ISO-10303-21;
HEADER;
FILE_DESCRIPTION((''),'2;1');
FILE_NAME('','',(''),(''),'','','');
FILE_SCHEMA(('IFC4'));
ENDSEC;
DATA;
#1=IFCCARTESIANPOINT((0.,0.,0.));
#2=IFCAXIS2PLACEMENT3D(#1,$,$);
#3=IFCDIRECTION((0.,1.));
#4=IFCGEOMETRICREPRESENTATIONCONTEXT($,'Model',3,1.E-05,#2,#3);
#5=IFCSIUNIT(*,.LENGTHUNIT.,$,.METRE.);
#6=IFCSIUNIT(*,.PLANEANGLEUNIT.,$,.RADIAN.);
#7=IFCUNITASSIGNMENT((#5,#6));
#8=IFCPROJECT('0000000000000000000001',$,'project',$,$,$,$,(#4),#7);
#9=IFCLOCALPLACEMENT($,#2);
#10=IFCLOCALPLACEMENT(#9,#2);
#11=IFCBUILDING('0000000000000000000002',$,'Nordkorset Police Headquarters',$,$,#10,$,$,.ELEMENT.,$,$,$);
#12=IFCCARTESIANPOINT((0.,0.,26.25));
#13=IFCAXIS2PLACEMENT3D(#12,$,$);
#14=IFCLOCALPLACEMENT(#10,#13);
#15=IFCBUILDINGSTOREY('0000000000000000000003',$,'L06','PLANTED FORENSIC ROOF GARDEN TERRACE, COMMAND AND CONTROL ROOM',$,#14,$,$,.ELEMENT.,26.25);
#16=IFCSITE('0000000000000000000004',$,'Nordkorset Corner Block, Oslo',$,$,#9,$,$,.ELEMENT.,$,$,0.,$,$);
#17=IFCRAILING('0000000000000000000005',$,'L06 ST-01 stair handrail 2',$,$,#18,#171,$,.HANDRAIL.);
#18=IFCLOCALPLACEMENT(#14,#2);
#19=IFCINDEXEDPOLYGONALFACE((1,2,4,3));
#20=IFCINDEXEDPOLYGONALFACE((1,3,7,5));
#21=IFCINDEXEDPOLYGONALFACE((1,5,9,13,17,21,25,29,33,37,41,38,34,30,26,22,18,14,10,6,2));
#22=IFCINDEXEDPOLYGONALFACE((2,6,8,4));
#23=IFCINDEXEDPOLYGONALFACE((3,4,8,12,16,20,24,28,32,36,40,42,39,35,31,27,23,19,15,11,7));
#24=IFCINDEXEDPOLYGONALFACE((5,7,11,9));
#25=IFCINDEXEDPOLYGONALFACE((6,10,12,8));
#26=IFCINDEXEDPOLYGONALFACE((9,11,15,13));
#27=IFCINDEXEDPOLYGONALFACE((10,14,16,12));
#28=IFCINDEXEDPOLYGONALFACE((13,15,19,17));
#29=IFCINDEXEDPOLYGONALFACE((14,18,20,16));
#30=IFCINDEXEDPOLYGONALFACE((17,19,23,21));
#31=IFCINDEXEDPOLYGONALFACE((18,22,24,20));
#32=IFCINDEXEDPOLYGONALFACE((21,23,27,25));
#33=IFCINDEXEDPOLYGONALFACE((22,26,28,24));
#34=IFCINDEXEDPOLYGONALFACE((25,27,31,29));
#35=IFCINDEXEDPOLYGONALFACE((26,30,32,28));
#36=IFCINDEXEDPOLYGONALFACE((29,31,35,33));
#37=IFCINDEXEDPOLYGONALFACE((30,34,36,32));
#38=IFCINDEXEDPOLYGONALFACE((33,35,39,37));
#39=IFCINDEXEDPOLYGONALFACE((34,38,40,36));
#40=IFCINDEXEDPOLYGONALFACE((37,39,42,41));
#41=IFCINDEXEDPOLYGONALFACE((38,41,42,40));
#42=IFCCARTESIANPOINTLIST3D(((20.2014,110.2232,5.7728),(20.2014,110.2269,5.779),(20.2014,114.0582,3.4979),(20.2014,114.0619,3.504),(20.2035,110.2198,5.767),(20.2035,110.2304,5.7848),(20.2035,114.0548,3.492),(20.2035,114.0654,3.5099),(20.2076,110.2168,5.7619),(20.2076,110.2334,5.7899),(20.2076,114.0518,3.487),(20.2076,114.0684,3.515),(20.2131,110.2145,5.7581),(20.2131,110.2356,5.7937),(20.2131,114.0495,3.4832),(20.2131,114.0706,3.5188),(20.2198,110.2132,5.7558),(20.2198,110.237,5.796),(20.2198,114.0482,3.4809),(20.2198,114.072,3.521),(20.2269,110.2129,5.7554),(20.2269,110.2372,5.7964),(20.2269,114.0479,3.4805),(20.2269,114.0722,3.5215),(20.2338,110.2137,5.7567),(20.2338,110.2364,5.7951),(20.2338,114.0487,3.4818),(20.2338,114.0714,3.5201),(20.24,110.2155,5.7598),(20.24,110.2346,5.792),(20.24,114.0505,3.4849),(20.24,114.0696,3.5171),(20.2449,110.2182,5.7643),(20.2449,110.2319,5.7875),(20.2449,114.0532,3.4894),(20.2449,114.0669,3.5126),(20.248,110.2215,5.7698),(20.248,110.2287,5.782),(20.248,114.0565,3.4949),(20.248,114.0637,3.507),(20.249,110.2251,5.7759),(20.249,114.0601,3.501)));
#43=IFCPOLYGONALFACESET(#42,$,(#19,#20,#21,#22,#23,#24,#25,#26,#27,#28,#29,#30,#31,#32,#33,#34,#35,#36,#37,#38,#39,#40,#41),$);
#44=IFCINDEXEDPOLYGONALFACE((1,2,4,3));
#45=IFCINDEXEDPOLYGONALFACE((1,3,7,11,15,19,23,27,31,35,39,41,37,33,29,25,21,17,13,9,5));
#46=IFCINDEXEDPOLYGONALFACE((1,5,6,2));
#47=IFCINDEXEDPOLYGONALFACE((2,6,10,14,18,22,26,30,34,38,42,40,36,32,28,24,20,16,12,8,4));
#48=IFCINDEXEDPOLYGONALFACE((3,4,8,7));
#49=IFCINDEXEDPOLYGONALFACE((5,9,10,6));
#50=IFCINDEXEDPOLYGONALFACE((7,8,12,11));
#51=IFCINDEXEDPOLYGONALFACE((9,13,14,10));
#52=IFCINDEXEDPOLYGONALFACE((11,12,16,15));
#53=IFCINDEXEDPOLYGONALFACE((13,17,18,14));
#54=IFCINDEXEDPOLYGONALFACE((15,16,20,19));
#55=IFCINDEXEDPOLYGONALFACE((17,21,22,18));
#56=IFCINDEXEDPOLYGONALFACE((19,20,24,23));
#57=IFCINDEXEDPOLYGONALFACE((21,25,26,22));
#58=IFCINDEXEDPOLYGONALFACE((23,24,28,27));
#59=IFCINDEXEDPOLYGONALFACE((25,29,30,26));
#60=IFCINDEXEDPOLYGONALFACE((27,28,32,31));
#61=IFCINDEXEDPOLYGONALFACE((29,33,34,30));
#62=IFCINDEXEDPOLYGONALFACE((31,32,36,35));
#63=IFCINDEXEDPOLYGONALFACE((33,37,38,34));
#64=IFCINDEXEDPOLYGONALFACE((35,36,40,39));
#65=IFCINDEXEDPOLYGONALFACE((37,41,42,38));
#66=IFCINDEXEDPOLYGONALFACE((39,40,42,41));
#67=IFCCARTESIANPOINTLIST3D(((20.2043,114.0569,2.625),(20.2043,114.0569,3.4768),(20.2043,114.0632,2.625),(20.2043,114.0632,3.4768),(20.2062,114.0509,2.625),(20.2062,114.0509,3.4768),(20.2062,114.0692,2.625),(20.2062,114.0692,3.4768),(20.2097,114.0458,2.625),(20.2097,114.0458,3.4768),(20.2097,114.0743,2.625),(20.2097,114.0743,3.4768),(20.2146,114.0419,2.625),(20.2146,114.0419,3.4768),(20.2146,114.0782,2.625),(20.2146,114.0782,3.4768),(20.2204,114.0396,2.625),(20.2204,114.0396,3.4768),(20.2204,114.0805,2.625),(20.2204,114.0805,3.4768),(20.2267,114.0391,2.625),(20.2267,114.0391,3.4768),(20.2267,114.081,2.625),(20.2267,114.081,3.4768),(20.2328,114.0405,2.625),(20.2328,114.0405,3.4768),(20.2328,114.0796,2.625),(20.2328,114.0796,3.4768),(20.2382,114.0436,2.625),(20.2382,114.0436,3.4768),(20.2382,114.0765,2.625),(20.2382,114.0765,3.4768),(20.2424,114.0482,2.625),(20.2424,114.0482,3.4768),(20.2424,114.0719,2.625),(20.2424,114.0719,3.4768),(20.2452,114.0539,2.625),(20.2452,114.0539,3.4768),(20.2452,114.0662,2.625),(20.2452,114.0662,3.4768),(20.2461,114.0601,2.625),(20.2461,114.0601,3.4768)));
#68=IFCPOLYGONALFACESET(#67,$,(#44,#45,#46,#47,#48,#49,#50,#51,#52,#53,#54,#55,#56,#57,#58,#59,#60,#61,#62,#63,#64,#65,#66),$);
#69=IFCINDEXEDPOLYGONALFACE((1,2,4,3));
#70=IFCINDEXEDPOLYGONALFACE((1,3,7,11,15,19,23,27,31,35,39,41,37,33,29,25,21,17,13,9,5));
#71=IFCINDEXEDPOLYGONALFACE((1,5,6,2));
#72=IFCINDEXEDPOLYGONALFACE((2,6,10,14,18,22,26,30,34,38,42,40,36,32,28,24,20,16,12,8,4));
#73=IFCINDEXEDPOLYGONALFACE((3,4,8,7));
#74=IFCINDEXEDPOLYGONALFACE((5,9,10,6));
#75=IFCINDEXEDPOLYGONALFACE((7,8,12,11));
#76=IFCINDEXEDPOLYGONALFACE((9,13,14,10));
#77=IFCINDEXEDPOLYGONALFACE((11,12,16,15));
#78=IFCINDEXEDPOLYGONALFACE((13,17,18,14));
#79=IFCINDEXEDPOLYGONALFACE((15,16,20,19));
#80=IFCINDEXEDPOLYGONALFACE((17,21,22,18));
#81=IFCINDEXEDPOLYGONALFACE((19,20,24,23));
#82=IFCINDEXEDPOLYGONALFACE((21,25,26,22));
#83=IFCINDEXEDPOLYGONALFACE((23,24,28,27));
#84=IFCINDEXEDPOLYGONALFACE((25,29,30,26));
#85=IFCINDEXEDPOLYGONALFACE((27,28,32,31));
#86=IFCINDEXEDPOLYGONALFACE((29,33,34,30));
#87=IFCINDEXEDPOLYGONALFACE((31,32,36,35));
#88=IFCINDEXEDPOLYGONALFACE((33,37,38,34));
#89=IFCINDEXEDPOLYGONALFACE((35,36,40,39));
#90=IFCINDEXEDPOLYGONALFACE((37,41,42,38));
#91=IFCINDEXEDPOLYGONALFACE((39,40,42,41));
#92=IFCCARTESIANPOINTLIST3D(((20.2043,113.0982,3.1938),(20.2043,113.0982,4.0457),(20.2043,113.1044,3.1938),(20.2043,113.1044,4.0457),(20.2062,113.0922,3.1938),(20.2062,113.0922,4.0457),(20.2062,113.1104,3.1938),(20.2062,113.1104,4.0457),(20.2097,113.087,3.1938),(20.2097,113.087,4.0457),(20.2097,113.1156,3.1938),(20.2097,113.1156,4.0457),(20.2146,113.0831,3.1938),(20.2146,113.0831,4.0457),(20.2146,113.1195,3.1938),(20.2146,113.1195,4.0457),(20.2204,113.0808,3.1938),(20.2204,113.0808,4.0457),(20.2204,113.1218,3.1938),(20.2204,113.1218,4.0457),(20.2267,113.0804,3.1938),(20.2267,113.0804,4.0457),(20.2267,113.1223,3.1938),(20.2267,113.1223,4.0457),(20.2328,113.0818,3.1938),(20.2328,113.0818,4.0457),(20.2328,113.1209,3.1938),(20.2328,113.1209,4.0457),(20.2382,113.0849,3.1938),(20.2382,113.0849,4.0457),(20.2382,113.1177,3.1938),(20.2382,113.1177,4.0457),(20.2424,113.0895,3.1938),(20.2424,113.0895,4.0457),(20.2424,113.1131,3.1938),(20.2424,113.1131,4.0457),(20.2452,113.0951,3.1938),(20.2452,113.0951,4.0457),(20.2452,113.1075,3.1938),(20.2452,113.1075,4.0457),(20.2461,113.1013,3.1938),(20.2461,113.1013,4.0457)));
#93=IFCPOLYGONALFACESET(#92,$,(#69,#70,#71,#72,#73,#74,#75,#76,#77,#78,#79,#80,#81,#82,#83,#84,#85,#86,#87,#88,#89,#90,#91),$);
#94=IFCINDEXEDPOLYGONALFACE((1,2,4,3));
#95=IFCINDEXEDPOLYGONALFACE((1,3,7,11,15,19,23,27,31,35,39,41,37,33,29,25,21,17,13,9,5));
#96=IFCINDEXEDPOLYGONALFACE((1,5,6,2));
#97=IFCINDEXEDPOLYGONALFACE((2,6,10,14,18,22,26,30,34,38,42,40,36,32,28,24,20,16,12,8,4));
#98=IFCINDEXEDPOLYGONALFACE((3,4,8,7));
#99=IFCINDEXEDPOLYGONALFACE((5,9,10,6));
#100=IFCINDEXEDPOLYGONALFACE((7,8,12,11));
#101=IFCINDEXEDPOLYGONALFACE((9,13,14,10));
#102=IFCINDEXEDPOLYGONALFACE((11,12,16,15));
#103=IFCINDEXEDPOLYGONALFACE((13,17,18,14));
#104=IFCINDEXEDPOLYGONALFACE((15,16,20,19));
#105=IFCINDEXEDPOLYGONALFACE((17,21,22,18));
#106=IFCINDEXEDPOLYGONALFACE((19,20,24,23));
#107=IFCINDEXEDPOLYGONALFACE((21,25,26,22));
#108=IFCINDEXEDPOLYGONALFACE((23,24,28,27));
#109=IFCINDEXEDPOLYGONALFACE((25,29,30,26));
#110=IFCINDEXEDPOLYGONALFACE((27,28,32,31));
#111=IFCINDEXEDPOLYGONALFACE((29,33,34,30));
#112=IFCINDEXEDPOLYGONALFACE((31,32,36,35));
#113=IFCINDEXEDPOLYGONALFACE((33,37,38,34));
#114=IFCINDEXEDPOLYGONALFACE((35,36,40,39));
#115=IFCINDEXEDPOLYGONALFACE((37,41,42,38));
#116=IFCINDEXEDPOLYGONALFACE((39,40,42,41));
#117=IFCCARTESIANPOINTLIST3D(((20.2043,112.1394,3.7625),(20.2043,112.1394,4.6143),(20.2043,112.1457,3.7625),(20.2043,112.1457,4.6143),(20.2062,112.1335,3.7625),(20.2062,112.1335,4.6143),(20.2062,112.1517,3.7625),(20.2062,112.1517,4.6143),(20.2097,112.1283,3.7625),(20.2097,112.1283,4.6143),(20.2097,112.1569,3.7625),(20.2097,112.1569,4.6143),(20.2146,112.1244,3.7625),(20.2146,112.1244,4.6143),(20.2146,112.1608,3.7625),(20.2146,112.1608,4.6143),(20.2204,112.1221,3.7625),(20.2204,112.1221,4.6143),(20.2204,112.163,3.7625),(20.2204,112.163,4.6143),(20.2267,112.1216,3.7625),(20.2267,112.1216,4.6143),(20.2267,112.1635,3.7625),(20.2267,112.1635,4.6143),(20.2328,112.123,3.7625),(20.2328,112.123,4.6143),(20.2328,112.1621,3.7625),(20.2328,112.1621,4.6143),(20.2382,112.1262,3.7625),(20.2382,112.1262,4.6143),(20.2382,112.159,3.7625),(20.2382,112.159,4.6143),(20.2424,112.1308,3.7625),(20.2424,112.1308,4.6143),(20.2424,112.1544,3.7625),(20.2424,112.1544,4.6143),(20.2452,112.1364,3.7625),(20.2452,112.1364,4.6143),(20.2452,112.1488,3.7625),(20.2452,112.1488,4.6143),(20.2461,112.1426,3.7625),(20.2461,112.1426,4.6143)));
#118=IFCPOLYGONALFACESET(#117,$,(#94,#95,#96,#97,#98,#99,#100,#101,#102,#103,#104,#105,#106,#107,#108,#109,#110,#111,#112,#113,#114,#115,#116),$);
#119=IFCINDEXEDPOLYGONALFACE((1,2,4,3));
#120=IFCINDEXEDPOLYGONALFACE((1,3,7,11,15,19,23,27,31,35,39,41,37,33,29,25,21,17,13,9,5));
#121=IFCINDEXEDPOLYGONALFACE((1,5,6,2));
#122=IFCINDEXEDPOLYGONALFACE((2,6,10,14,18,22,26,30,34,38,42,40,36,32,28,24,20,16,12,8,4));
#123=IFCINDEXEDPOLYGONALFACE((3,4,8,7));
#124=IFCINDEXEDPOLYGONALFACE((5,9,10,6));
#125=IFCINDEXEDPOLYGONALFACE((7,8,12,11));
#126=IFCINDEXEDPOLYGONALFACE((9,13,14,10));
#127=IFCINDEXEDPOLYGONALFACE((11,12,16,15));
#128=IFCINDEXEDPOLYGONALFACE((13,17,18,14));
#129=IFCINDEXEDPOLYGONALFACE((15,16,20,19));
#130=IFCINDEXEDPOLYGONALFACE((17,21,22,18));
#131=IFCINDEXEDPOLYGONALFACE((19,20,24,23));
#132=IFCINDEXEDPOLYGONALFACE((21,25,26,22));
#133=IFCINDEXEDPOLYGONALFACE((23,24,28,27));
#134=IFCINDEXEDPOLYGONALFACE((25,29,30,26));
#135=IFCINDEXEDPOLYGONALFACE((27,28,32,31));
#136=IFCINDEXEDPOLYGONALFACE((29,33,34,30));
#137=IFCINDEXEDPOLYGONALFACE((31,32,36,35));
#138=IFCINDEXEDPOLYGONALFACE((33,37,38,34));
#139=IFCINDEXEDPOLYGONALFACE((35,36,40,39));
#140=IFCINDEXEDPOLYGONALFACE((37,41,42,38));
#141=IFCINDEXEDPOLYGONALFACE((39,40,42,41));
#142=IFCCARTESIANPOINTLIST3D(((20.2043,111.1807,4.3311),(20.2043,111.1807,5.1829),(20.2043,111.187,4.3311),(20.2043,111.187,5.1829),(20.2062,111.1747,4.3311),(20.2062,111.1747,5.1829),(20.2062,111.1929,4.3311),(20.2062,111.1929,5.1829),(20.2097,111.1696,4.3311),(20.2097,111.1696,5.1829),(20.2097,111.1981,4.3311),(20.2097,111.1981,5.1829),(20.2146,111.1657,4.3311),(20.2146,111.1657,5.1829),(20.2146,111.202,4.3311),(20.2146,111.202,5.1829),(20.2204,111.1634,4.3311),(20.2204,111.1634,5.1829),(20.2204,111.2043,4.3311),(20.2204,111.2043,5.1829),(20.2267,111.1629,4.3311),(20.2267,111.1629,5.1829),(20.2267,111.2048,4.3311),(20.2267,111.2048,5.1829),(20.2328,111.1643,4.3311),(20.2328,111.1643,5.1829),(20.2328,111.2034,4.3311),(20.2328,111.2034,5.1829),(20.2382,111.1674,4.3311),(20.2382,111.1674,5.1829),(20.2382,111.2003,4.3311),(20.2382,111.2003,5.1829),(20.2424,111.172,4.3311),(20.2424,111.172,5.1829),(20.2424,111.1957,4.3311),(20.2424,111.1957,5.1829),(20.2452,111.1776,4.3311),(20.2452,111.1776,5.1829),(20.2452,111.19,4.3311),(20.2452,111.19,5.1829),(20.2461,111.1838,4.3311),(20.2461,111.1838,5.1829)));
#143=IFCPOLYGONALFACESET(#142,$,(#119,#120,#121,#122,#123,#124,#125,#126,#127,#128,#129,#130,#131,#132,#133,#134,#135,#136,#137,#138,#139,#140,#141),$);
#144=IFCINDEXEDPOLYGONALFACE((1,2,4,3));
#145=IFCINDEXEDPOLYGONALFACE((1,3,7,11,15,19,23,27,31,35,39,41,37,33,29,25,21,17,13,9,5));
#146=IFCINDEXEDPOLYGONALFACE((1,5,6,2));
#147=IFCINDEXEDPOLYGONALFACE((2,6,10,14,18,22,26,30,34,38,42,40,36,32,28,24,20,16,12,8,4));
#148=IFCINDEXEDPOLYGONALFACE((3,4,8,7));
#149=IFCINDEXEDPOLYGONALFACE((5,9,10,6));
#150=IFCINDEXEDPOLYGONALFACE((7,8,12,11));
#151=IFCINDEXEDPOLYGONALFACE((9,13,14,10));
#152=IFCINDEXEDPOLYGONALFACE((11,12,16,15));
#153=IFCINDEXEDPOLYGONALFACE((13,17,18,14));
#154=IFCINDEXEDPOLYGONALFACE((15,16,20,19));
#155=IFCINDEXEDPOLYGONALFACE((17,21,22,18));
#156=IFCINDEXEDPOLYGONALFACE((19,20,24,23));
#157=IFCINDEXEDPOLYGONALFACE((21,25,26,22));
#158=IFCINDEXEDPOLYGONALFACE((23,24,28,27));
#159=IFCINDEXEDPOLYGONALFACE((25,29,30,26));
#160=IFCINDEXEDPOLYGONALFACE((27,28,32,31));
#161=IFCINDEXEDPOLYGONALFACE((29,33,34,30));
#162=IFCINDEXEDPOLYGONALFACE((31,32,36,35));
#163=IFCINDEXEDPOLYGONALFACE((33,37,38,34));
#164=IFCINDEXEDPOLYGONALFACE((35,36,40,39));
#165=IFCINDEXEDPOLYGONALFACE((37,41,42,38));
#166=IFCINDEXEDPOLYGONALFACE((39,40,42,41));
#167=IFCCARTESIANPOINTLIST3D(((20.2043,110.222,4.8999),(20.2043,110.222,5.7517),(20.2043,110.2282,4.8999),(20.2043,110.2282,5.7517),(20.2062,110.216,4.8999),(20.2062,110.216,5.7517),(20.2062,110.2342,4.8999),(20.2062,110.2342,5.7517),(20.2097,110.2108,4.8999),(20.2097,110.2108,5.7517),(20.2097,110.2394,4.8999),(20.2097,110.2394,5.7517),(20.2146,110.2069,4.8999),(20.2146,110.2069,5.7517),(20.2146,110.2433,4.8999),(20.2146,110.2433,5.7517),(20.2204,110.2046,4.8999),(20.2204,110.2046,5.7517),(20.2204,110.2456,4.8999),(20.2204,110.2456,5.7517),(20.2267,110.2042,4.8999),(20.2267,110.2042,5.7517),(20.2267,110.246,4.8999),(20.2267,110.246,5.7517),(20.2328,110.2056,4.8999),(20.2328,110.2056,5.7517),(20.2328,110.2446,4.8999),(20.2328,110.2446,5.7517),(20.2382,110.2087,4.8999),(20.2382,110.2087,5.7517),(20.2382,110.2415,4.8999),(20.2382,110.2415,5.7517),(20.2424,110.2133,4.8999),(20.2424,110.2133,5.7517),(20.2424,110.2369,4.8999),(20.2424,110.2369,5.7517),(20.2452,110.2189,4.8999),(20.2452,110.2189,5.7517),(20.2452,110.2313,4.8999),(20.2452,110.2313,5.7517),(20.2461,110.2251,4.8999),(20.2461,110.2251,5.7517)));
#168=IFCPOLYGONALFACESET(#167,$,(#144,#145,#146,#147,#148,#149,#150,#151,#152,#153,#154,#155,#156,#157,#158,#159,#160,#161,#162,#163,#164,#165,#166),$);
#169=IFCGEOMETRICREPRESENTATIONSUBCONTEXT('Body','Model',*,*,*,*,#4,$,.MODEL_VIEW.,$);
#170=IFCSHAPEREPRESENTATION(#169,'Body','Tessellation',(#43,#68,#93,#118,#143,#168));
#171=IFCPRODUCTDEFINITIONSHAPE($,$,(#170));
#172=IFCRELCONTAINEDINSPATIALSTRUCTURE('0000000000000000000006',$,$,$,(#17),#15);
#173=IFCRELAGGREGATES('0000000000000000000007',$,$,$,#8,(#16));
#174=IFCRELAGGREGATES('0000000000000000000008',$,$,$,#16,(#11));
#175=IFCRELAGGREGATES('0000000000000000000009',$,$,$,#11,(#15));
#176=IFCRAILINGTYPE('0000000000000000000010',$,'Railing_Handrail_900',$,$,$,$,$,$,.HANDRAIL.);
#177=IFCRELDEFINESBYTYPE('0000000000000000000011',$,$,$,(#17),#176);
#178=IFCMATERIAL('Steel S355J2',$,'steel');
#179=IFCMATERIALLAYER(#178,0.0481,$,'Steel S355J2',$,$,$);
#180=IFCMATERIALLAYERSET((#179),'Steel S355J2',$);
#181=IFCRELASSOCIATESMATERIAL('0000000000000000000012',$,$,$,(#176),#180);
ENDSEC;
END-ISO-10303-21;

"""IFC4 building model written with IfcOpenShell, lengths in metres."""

from ifc_helpers import new_model, si_unit, direction, frame, origin, origin_2d, place, context, subcontext, project, spatial, circle, extrude, material, layer, layer_set, type_object, element, save


model = new_model("IFC4")

# Units and contexts
model_context = context("Model", 3, precision=1e-05, world=origin(), true_north=direction((0.0, 1.0)))
body_context = subcontext(model_context, "Body", "Model", "MODEL_VIEW")
ifc_project = project(units=[si_unit("LENGTHUNIT", "METRE"), si_unit("PLANEANGLEUNIT", "RADIAN")], contexts=[model_context])

# Site, building, storey
site_placement = place(None, origin())
site = spatial("IfcSite", under=ifc_project, at=site_placement, Name="Nordkorset Corner Block, Oslo", CompositionType="ELEMENT", RefElevation=0.0)
building_placement = place(site_placement, origin())
building = spatial("IfcBuilding", under=site, at=building_placement, Name="Nordkorset Police Headquarters", CompositionType="ELEMENT")
storey_placement = place(building_placement, frame((0.0, 0.0, 26.25)))
storey = spatial("IfcBuildingStorey", under=building, at=storey_placement, Name="L06", Description="PLANTED FORENSIC ROOF GARDEN TERRACE, COMMAND AND CONTROL ROOM", CompositionType="ELEMENT", Elevation=26.25)

# Railing
ifc_material_1 = material(Name="Steel S355J2", Category="steel")
ifc_layer_1 = layer(ifc_material_1, 0.0481, Name="Steel S355J2")
ifc_layer_set_1 = layer_set([ifc_layer_1], Name="Steel S355J2")
railing_type_1 = type_object("IfcRailingType", Name="Railing_Handrail_900", PredefinedType="HANDRAIL", material=ifc_layer_set_1)
railing_1_placement = place(storey_placement, frame((20.2251, 114.0601, 2.625)))
element("IfcRailing", 1, at=railing_1_placement, inside=storey, type_object=railing_type_1, Name="L06 ST-01 stair handrail 2", PredefinedType="HANDRAIL", context=body_context, shape_type="SweptSolid", body=[
    extrude(circle(Radius=0.0239, at=origin_2d()), frame((0.0, 0.0, 0.876), z_axis=(0.0, -0.860062, 0.51019), x_axis=(1.0, 0.0, 0.0)), (0.0, 0.0, 1.0), 4.459),
    extrude(circle(Radius=0.021, at=origin_2d()), origin(), (0.0, 0.0, 1.0), 0.8518),
    extrude(circle(Radius=0.021, at=origin_2d()), frame((0.0, -0.9587, 0.5688)), (0.0, 0.0, 1.0), 0.8518),
    extrude(circle(Radius=0.021, at=origin_2d()), frame((0.0, -1.9175, 1.1375)), (0.0, 0.0, 1.0), 0.8518),
    extrude(circle(Radius=0.021, at=origin_2d()), frame((0.0, -2.8762, 1.7061)), (0.0, 0.0, 1.0), 0.8518),
    extrude(circle(Radius=0.021, at=origin_2d()), frame((0.0, -3.835, 2.2749)), (0.0, 0.0, 1.0), 0.8518),
])

save(model, "model.ifc")
